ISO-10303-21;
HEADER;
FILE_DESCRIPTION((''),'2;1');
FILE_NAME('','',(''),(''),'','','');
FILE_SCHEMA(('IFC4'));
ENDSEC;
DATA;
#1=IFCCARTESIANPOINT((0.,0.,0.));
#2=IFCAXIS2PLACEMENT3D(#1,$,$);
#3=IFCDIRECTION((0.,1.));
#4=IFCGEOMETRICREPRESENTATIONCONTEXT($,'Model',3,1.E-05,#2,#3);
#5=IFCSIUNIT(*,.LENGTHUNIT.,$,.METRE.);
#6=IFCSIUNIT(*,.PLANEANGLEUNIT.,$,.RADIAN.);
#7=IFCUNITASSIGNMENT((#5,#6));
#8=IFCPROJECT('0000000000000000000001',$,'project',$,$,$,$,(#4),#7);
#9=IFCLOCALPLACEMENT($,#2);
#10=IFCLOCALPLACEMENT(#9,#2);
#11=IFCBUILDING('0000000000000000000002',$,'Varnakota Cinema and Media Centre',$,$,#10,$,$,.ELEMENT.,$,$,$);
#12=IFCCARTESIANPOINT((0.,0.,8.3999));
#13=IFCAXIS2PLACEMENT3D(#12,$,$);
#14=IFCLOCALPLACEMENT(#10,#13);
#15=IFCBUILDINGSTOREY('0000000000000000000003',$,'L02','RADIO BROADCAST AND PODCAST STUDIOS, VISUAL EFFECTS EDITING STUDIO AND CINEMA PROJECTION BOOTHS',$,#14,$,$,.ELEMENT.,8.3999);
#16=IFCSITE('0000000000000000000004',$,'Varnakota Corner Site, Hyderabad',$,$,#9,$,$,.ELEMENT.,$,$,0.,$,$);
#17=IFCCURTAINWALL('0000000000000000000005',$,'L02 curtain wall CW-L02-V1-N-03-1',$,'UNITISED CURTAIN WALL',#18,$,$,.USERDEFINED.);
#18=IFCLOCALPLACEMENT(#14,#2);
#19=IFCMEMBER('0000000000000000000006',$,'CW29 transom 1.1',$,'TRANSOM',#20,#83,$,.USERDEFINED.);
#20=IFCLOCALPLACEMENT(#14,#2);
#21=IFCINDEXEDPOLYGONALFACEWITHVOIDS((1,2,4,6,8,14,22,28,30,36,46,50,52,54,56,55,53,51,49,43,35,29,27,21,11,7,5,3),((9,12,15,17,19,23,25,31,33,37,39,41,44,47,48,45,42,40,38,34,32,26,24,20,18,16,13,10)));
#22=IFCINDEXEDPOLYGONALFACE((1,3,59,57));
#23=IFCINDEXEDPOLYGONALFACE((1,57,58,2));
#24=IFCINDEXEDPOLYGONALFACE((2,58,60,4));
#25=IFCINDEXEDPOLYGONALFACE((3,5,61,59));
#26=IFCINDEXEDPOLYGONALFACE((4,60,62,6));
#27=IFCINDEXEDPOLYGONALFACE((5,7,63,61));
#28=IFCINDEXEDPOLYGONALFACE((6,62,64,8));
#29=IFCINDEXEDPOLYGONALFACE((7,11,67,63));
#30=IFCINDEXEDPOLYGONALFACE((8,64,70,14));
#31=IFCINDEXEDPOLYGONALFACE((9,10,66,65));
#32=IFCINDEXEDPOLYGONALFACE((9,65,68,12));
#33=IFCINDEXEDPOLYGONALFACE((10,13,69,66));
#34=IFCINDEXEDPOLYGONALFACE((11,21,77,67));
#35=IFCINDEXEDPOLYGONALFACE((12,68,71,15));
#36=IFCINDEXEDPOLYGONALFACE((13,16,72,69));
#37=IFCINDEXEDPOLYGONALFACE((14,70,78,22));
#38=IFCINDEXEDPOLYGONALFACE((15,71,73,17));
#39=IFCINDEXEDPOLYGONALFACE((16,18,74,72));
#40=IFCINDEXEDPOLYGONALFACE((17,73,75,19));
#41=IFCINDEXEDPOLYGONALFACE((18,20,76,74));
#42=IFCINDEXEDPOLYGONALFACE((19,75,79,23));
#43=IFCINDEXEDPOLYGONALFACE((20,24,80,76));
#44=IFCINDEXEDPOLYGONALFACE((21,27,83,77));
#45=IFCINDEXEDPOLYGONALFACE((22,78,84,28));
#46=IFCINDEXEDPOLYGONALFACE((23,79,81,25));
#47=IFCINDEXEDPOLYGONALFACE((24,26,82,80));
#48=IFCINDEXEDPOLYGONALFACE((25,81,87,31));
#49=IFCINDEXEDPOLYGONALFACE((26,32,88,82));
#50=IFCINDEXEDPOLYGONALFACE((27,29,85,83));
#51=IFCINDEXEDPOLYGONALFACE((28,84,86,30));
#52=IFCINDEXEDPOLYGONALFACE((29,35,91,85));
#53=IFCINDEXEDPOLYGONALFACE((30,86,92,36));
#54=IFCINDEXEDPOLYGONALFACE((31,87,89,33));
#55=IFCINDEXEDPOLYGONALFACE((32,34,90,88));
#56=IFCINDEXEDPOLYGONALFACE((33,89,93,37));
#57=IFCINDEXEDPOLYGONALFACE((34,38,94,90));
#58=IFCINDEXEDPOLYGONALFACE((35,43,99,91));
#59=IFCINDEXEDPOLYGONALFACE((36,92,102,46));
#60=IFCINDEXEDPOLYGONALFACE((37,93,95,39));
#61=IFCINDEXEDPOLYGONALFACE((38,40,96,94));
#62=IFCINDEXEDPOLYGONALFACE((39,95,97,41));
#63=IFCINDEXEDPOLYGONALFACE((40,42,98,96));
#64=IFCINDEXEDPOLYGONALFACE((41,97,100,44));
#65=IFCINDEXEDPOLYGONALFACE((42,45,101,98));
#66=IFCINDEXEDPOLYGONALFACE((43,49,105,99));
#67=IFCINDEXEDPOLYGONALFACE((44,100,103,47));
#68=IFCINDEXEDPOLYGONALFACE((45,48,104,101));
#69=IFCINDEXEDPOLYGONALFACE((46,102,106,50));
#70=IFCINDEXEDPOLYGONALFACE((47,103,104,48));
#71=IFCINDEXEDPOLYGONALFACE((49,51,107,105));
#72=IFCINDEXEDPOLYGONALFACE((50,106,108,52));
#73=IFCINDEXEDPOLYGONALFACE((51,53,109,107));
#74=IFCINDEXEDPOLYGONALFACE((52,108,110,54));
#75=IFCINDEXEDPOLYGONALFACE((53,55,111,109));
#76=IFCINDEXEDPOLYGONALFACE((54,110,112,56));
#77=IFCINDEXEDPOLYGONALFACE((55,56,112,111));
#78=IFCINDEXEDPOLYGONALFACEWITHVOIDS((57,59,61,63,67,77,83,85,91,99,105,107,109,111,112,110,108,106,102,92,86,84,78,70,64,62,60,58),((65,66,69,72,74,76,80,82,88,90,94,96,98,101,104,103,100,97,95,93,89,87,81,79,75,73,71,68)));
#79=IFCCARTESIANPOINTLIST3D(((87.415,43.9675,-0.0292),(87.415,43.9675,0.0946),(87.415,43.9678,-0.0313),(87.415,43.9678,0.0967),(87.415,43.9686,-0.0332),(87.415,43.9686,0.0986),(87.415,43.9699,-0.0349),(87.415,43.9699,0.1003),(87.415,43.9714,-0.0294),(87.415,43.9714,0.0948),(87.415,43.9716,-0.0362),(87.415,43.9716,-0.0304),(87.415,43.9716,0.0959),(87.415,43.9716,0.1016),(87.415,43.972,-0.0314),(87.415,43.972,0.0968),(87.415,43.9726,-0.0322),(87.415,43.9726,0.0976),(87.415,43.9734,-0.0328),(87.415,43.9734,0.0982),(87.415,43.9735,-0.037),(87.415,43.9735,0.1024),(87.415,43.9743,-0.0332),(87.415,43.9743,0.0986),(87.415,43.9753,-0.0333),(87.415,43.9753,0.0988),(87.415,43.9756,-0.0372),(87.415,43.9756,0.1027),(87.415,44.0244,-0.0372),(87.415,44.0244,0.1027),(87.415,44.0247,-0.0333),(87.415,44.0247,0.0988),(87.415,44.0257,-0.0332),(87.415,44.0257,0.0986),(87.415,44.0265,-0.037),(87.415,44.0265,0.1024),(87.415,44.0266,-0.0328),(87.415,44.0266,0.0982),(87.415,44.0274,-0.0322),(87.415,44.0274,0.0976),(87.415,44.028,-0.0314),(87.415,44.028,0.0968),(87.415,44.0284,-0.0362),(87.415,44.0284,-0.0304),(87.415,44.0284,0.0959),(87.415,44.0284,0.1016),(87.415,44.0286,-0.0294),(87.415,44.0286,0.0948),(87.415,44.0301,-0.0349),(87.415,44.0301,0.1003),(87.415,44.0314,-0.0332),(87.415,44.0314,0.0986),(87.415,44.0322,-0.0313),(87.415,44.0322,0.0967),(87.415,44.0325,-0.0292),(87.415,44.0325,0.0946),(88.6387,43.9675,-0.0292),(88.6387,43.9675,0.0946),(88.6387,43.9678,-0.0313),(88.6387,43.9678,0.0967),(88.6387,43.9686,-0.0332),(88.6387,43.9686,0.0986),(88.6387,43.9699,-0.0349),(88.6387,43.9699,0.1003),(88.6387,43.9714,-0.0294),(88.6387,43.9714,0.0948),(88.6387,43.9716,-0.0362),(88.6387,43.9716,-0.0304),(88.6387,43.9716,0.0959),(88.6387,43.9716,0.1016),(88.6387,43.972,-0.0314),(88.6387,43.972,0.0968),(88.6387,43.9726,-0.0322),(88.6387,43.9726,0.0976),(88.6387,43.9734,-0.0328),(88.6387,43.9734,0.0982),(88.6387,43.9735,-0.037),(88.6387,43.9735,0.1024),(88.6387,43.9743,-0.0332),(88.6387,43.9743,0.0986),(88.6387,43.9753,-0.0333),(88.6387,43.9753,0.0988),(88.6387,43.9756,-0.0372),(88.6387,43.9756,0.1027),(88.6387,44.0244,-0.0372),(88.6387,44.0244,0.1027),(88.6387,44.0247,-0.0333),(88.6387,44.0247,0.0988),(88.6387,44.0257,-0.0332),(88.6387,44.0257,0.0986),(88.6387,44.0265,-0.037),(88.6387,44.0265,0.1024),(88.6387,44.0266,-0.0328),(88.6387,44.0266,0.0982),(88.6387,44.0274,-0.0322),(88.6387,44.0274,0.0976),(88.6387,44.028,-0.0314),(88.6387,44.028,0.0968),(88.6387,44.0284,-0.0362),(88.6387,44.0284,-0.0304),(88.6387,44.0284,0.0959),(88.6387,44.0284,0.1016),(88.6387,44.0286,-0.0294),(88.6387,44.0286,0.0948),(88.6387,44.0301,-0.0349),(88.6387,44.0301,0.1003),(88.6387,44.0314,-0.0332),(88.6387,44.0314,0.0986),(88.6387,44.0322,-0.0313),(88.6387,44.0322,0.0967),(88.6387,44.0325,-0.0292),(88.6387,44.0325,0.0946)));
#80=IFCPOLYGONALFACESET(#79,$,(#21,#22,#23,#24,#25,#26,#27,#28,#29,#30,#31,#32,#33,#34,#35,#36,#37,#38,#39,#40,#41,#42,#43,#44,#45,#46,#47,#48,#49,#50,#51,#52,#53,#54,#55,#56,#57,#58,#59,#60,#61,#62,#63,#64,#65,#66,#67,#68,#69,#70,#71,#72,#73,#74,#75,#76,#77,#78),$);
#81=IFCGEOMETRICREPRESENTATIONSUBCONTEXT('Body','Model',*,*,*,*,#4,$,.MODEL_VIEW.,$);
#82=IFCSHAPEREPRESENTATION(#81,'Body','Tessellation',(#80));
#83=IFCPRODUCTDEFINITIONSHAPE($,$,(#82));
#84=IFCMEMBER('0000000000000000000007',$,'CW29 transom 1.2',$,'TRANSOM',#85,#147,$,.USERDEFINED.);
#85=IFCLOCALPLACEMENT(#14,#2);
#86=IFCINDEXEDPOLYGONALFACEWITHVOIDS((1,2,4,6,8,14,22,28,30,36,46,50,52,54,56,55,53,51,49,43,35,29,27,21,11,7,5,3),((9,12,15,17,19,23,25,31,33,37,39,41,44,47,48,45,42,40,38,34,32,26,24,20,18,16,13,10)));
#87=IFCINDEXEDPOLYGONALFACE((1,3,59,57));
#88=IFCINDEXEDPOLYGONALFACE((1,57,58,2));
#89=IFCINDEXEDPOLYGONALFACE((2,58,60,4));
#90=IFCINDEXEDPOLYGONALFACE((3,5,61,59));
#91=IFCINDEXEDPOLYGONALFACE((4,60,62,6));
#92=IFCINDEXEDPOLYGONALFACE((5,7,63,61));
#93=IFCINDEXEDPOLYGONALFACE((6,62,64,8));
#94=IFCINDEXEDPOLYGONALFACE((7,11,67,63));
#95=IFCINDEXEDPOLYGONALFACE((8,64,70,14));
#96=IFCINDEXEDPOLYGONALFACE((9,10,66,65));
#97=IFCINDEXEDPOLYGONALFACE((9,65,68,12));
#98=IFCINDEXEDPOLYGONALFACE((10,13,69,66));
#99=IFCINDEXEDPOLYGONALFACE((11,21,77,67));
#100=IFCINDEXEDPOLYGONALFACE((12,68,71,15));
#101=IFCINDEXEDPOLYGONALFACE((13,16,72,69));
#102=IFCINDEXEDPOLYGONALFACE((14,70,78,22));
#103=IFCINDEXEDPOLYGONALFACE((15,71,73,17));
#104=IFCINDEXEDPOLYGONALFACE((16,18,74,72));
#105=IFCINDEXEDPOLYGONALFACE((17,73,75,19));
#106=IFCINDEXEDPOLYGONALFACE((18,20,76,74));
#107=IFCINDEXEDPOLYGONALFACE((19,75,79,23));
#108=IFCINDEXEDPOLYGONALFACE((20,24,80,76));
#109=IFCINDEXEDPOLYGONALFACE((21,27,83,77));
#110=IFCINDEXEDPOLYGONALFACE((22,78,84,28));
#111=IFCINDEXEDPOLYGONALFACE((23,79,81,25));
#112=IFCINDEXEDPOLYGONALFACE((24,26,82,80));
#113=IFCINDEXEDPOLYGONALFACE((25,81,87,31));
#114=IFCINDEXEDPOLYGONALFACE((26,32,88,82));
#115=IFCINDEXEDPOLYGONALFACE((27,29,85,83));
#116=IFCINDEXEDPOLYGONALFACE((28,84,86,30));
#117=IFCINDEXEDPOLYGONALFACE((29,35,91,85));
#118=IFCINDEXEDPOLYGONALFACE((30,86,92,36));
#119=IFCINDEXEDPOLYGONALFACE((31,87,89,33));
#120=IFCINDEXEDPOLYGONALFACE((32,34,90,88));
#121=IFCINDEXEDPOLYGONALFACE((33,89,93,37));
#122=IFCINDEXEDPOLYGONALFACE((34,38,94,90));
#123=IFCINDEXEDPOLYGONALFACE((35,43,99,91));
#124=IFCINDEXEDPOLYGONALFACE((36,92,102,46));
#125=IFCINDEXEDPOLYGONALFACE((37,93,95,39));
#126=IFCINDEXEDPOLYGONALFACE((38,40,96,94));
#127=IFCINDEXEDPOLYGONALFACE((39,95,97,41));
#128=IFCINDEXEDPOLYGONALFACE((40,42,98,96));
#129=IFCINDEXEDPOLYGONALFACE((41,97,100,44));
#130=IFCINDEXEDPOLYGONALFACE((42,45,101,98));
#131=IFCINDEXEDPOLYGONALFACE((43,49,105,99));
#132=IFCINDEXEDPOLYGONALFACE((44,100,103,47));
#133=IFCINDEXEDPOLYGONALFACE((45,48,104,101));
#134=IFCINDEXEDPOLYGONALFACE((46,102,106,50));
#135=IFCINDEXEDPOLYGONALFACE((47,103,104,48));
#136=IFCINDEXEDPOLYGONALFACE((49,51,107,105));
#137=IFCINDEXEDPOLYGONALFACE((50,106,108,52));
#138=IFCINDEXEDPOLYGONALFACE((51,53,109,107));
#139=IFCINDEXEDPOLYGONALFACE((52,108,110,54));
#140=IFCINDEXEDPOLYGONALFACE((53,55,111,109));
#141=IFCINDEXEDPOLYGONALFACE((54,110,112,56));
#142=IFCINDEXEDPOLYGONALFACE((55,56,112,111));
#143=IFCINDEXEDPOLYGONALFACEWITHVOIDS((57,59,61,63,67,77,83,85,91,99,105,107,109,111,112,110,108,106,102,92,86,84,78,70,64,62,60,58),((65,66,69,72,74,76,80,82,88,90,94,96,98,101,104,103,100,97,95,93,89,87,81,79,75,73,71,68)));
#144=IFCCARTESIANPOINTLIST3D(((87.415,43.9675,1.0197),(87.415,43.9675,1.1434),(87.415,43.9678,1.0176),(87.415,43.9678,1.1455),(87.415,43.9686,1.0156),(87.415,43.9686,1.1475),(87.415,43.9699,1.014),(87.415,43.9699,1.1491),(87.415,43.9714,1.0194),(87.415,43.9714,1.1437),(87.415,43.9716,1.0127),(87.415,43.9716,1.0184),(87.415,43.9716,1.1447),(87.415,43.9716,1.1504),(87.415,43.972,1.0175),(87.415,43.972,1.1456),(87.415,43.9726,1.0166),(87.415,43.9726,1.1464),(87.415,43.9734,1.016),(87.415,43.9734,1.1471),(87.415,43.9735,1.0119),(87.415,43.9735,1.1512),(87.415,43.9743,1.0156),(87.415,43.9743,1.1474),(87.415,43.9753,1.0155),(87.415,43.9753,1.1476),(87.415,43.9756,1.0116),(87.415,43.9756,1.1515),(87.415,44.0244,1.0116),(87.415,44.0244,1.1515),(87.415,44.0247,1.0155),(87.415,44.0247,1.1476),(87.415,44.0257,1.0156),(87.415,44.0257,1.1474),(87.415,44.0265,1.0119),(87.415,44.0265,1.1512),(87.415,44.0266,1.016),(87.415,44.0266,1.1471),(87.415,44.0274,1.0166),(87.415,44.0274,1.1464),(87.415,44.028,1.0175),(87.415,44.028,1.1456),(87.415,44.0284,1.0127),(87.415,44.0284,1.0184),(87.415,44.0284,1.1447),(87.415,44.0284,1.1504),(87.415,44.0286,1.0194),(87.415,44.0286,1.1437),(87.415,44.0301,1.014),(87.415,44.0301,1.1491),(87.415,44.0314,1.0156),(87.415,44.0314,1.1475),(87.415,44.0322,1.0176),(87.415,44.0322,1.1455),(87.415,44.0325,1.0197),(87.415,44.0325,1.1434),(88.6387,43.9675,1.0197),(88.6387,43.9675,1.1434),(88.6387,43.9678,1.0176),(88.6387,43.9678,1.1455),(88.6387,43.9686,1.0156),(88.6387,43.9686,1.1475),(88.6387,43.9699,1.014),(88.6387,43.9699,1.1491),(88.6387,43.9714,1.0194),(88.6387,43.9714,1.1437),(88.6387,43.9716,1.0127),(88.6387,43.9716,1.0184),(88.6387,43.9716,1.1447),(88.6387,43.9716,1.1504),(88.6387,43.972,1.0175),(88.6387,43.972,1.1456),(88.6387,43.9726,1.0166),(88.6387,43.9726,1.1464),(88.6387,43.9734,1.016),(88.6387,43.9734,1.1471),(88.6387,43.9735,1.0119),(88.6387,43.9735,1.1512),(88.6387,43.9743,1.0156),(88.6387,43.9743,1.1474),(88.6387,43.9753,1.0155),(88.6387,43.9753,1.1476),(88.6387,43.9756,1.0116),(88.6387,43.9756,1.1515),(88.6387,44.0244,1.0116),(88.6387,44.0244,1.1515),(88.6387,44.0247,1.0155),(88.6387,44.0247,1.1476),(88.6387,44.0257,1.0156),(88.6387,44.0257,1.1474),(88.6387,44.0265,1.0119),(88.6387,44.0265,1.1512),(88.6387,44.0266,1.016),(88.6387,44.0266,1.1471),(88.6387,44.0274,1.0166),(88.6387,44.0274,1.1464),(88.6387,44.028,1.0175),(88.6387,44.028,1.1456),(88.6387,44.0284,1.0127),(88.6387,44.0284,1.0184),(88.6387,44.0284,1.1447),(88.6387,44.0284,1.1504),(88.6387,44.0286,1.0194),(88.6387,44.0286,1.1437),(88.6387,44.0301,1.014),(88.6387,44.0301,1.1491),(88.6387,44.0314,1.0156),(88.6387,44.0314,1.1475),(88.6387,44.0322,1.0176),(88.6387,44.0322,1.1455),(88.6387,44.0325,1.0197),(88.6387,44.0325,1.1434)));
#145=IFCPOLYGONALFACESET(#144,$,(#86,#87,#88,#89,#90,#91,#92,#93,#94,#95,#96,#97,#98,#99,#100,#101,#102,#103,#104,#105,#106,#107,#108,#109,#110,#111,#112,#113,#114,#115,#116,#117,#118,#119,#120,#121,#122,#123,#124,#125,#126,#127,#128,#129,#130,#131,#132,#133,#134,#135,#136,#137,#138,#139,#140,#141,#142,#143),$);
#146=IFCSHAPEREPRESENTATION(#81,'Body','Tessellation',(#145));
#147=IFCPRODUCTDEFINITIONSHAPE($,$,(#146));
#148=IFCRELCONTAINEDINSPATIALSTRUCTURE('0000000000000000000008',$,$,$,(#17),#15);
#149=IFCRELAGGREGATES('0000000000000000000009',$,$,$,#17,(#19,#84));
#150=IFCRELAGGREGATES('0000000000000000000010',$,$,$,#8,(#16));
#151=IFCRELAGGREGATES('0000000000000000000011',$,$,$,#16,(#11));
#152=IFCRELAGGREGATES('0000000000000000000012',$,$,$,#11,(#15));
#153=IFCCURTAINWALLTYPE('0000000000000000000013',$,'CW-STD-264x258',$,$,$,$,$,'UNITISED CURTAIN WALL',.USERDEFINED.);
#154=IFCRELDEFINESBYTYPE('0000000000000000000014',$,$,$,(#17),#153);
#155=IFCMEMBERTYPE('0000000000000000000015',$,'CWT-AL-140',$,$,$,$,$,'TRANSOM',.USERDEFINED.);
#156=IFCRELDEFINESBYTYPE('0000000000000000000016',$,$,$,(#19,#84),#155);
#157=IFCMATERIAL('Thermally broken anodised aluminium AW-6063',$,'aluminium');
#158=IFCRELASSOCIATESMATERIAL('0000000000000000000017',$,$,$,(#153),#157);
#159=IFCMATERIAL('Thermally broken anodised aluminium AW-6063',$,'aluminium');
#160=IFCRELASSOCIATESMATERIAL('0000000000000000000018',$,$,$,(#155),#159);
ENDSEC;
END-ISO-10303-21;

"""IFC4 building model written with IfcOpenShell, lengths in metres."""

from ifc_helpers import new_model, si_unit, direction, frame, origin, origin_2d, place, context, subcontext, project, spatial, hollow_rectangle, extrude, material, material_profile, profile_set, type_object, element, aggregate, save


model = new_model("IFC4")

# Units and contexts
model_context = context("Model", 3, precision=1e-05, world=origin(), true_north=direction((0.0, 1.0)))
body_context = subcontext(model_context, "Body", "Model", "MODEL_VIEW")
ifc_project = project(units=[si_unit("LENGTHUNIT", "METRE"), si_unit("PLANEANGLEUNIT", "RADIAN")], contexts=[model_context])

# Site, building, storey
site_placement = place(None, origin())
site = spatial("IfcSite", under=ifc_project, at=site_placement, Name="Varnakota Corner Site, Hyderabad", CompositionType="ELEMENT", RefElevation=0.0)
building_placement = place(site_placement, origin())
building = spatial("IfcBuilding", under=site, at=building_placement, Name="Varnakota Cinema and Media Centre", CompositionType="ELEMENT")
storey_placement = place(building_placement, frame((0.0, 0.0, 8.3999)))
storey = spatial("IfcBuildingStorey", under=building, at=storey_placement, Name="L02", Description="RADIO BROADCAST AND PODCAST STUDIOS, VISUAL EFFECTS EDITING STUDIO AND CINEMA PROJECTION BOOTHS", CompositionType="ELEMENT", Elevation=8.3999)

# Shared definitions
ifc_material_1 = material(Name="Thermally broken anodised aluminium AW-6063", Category="aluminium")
curtain_wall_type = type_object("IfcCurtainWallType", Name="CW-STD-264x258", ElementType="UNITISED CURTAIN WALL", PredefinedType="USERDEFINED", material=ifc_material_1)

# Curtain wall
curtain_wall_1_placement = place(storey_placement, origin())
curtain_wall_1 = element("IfcCurtainWall", 1, at=curtain_wall_1_placement, inside=storey, type_object=curtain_wall_type, Name="L02 curtain wall CW-L02-V1-N-03-1", ObjectType="UNITISED CURTAIN WALL", PredefinedType="USERDEFINED")

# Members
ifc_material_2 = material(Name="Thermally broken anodised aluminium AW-6063", Category="aluminium")
ifc_material_profile_1 = material_profile(ifc_material_2, hollow_rectangle(XDim=0.0649, YDim=0.1399, WallThickness=0.0039, InnerFilletRadius=0.0039, OuterFilletRadius=0.0081, at=origin_2d()), Name="AL-TRANSOM 140x65x4")
ifc_profile_set_1 = profile_set([ifc_material_profile_1], Name="Thermally broken anodised aluminium AW-6063")
member_type_1 = type_object("IfcMemberType", Name="CWT-AL-140", ElementType="TRANSOM", PredefinedType="USERDEFINED", material=ifc_profile_set_1)
member_1_placement = place(storey_placement, frame((87.415, 44.0, 0.0327), z_axis=(1.0, 0.0, 0.0), x_axis=(0.0, 1.0, 0.0)))
member_1 = element("IfcMember", 2, at=member_1_placement, type_object=member_type_1, Name="CW29 transom 1.1", ObjectType="TRANSOM", PredefinedType="USERDEFINED", context=body_context, shape_type="SweptSolid", body=[
    extrude(hollow_rectangle(XDim=0.0649, YDim=0.1399, WallThickness=0.0039, InnerFilletRadius=0.0039, OuterFilletRadius=0.0081, at=origin_2d()), origin(), (0.0, 0.0, 1.0), 1.2236),
])
member_2_placement = place(storey_placement, frame((87.415, 44.0, 1.0815), z_axis=(1.0, 0.0, 0.0), x_axis=(0.0, 1.0, 0.0)))
member_2 = element("IfcMember", 3, at=member_2_placement, type_object=member_type_1, Name="CW29 transom 1.2", ObjectType="TRANSOM", PredefinedType="USERDEFINED", context=body_context, shape_type="SweptSolid", body=[
    extrude(hollow_rectangle(XDim=0.0649, YDim=0.1399, WallThickness=0.0039, InnerFilletRadius=0.0039, OuterFilletRadius=0.0081, at=origin_2d()), origin(), (0.0, 0.0, 1.0), 1.2236),
])

aggregate(curtain_wall_1, [member_1, member_2])

save(model, "model.ifc")
